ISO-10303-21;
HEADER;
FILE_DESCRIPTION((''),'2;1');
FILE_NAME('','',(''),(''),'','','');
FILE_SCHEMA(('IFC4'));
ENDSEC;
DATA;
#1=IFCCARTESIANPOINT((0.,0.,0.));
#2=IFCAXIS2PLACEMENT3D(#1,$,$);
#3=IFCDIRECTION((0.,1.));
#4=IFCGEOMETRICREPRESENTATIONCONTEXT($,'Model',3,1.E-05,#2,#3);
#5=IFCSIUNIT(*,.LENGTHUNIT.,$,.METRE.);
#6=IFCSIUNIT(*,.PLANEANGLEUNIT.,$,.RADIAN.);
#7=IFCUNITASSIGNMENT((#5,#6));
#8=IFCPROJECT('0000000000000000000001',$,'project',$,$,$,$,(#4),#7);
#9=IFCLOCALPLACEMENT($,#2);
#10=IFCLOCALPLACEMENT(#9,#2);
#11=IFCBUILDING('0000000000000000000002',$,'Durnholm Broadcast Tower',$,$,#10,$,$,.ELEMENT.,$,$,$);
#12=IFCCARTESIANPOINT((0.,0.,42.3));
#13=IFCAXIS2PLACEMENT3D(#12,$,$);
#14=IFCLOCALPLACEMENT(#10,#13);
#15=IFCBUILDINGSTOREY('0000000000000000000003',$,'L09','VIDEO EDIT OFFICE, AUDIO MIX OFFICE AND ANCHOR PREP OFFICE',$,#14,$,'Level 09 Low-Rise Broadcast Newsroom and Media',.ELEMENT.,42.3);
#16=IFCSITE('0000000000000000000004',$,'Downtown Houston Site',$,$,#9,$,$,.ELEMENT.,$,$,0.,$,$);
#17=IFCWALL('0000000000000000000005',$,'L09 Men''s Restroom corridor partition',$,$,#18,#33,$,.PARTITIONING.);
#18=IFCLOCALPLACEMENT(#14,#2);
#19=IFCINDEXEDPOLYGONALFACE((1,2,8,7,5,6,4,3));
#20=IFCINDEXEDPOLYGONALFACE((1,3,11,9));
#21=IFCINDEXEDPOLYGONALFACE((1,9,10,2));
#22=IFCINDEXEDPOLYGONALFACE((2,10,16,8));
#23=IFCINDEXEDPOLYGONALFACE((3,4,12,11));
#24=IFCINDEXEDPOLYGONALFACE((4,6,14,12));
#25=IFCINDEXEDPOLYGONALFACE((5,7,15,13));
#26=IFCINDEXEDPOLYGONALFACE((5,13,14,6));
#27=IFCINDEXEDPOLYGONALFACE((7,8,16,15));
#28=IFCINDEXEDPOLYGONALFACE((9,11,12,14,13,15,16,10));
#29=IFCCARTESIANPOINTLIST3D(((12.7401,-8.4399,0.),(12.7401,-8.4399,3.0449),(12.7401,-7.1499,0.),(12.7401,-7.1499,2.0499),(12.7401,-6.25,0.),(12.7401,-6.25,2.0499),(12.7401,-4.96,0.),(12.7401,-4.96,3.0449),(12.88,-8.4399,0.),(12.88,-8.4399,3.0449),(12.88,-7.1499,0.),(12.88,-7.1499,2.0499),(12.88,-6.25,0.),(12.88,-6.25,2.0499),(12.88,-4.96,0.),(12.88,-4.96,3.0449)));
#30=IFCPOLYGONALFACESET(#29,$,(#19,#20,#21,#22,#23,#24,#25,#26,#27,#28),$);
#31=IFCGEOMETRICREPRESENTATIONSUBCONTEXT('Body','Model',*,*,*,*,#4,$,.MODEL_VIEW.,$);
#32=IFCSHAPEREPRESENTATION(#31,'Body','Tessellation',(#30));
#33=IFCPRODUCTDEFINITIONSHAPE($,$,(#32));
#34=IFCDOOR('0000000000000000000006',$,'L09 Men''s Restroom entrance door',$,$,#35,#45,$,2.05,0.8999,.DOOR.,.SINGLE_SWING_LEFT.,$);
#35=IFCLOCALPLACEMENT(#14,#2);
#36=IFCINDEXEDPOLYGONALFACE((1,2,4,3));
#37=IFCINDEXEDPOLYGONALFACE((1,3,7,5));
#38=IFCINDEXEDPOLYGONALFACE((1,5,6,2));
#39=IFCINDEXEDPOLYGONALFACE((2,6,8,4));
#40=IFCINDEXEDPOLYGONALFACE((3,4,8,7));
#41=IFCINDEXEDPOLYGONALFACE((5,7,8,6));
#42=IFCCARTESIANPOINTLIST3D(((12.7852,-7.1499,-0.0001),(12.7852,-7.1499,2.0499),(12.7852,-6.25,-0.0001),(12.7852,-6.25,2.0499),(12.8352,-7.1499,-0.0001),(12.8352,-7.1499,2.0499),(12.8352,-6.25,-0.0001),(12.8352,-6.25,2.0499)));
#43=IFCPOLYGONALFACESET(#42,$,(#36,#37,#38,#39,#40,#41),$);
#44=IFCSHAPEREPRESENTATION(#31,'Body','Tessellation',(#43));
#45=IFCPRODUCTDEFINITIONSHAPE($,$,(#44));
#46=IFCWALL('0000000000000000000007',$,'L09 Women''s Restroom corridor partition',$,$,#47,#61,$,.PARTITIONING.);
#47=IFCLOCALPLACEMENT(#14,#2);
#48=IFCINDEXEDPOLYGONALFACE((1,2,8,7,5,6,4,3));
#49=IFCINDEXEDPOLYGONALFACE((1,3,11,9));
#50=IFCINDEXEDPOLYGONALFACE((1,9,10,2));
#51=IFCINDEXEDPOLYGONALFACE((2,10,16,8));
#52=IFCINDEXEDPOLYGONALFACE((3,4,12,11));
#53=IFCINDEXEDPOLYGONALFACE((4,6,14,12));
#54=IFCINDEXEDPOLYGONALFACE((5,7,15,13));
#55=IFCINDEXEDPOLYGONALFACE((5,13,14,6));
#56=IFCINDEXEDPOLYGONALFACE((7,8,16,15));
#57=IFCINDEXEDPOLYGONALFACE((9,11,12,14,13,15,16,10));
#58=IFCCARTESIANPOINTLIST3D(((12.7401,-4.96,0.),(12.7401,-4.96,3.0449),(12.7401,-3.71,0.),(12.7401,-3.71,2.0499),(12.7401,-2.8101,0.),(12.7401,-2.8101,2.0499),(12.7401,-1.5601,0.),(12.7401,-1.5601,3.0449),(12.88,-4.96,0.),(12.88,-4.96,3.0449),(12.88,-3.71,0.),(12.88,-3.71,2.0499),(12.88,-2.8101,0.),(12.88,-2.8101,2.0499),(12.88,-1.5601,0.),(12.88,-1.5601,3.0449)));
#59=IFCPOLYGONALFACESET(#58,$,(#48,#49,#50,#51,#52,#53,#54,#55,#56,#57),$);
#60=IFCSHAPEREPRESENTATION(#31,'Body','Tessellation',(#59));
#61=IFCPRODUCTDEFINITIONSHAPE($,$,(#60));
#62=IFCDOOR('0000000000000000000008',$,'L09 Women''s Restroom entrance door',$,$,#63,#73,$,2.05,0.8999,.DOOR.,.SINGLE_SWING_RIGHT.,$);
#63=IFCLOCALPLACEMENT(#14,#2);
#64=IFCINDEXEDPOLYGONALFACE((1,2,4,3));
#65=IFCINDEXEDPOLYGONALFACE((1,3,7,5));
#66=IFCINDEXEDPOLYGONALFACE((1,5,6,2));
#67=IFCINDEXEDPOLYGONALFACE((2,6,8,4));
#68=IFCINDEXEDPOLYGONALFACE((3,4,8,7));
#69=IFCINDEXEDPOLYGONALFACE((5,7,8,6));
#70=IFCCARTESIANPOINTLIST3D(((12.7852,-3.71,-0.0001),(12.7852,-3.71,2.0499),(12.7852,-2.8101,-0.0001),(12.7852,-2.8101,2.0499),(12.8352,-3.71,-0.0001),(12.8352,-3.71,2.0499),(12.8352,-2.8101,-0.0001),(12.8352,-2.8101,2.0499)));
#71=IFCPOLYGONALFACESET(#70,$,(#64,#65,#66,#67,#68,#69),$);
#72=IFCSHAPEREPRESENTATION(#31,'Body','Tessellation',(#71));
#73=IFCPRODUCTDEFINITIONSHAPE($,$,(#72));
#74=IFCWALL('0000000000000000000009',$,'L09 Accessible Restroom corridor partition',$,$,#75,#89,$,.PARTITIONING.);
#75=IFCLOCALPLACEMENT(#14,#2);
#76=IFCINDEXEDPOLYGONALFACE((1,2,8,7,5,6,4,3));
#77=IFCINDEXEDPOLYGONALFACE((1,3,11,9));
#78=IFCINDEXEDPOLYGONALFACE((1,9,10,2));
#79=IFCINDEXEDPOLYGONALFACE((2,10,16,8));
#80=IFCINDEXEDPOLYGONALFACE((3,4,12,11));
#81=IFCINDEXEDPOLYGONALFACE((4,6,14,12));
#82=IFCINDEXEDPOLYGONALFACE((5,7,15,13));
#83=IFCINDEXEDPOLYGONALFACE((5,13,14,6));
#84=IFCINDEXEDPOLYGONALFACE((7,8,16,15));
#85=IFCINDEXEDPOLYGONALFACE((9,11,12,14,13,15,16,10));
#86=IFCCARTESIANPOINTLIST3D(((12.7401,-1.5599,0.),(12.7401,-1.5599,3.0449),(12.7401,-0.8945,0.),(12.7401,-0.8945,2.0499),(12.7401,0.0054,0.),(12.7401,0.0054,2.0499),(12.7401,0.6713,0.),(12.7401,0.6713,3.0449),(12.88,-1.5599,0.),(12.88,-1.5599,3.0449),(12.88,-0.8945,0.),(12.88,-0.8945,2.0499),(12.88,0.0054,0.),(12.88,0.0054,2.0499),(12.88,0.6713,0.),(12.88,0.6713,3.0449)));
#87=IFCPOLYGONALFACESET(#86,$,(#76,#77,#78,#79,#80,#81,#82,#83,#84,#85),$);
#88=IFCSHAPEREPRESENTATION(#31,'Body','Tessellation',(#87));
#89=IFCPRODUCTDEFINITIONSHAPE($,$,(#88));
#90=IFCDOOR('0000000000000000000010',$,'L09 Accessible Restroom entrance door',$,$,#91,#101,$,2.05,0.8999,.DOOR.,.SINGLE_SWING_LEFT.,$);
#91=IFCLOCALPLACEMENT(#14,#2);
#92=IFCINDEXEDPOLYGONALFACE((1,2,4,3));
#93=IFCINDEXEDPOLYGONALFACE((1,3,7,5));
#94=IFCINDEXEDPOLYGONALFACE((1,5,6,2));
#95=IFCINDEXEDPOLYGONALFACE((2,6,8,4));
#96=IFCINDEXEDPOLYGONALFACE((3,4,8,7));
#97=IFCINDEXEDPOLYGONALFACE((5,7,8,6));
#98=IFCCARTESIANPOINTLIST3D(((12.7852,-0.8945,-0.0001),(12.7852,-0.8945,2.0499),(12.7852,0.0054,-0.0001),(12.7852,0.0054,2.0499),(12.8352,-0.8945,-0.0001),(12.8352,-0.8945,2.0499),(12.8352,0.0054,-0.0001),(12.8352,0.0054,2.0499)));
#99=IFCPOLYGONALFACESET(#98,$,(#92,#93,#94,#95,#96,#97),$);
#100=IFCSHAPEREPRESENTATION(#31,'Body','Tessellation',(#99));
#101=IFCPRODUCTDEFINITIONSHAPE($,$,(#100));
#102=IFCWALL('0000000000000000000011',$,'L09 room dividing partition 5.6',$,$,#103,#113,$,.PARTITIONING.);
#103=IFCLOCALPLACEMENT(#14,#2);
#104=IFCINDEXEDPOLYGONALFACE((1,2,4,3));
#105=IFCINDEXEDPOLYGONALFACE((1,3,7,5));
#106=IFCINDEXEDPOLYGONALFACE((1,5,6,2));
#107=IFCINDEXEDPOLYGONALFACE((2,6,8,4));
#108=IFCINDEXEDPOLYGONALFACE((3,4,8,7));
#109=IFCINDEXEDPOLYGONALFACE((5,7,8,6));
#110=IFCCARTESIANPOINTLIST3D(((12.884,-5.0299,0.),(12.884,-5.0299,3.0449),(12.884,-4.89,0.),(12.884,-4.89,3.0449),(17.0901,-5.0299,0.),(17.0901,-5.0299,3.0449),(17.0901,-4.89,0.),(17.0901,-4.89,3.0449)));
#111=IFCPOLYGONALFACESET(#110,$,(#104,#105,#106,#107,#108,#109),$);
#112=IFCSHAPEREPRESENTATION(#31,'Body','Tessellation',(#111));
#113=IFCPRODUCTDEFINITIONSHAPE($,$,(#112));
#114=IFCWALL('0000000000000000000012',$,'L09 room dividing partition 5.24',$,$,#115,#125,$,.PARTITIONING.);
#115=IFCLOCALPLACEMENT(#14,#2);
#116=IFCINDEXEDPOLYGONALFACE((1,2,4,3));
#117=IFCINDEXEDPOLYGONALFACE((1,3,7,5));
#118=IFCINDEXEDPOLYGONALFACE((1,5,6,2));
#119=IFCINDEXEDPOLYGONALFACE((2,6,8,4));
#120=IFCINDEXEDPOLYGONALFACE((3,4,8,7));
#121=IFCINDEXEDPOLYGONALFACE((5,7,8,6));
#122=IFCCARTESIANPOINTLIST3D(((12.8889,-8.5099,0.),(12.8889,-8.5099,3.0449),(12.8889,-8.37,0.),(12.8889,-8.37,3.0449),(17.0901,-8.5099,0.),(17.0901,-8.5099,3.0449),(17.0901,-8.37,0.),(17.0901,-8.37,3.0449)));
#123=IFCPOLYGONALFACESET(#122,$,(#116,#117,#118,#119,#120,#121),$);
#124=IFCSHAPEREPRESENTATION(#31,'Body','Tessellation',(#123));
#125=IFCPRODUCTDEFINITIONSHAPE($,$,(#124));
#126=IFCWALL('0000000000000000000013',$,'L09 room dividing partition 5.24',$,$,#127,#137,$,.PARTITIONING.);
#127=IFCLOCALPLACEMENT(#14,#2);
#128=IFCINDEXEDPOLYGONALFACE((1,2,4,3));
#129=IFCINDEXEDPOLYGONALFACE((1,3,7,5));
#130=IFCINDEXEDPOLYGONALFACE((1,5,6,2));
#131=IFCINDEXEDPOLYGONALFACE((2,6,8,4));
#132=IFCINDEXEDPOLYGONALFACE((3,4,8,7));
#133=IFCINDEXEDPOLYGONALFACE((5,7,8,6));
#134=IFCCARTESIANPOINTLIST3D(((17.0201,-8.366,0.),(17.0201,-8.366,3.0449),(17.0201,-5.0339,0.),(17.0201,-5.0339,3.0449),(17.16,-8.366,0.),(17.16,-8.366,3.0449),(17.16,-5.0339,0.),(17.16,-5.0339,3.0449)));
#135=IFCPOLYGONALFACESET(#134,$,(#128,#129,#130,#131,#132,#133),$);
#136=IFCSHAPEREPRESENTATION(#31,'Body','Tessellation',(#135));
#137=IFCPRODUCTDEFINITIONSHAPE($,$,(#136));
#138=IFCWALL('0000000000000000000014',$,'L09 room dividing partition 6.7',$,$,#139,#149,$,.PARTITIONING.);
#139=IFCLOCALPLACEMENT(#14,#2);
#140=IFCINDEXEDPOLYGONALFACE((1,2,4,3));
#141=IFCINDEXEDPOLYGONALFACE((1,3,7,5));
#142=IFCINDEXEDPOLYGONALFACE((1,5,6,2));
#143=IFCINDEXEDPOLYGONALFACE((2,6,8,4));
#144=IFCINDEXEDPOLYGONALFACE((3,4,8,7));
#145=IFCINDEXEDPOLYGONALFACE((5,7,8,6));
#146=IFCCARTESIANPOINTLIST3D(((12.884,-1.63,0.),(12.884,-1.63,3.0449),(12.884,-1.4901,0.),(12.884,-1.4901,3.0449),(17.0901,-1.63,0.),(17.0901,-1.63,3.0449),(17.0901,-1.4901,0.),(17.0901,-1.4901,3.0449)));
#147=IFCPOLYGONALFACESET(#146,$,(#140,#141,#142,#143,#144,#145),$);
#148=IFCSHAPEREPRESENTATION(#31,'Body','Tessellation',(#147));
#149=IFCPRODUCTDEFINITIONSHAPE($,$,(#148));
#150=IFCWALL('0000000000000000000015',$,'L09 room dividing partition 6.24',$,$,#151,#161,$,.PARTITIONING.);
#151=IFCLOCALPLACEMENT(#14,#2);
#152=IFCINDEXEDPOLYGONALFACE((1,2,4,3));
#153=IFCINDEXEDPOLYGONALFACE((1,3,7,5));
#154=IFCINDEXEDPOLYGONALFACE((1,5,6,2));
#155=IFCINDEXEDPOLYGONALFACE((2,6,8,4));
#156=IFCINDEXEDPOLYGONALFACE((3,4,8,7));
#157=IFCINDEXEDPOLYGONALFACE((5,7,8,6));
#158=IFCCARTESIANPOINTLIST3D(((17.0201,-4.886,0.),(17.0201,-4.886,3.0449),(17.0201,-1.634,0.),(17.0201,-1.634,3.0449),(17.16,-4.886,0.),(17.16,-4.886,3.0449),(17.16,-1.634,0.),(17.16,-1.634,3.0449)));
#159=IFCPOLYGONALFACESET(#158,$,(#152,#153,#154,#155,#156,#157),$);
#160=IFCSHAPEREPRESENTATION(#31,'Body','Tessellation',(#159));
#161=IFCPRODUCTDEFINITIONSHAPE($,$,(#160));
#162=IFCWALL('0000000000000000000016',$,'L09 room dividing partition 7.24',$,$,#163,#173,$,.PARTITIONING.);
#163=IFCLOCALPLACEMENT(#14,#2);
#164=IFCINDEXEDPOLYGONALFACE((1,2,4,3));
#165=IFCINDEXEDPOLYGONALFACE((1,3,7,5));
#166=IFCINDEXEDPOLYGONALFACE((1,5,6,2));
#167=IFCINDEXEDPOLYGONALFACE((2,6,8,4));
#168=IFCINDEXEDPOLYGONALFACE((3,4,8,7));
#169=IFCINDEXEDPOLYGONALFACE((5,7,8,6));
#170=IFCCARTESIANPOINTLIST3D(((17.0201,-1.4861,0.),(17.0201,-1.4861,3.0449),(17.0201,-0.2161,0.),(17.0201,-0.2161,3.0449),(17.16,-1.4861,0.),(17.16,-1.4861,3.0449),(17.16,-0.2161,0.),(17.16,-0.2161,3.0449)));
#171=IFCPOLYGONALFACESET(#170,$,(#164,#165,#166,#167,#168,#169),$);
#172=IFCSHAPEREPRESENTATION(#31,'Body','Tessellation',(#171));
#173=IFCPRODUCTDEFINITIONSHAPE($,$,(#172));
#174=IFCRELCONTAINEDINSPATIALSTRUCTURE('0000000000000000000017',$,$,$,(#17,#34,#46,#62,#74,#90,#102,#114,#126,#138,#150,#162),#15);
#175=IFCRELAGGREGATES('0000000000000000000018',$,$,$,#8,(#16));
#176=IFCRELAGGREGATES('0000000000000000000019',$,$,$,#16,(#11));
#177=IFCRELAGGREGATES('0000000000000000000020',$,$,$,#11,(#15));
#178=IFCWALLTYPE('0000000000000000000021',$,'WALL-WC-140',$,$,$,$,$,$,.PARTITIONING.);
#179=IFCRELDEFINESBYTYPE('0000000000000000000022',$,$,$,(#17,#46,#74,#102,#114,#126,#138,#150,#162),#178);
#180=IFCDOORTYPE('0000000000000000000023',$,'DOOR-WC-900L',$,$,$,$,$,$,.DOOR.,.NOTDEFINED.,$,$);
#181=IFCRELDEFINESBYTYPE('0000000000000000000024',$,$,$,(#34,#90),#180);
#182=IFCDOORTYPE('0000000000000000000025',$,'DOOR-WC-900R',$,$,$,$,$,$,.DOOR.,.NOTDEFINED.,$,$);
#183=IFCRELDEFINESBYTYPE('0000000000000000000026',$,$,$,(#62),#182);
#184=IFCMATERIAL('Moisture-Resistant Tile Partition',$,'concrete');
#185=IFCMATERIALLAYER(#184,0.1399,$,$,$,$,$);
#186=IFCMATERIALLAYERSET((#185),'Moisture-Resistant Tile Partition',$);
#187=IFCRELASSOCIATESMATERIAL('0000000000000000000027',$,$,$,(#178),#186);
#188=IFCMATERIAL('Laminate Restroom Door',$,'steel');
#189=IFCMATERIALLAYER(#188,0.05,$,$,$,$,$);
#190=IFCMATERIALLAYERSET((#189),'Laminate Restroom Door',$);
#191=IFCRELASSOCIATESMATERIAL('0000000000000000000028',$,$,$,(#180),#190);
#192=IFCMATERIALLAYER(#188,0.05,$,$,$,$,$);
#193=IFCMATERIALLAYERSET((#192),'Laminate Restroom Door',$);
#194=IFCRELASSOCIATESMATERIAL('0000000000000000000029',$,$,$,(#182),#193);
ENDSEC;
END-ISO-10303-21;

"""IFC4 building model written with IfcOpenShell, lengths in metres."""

from ifc_helpers import new_model, si_unit, direction, frame, frame_2d, origin, place, context, subcontext, project, spatial, rectangle, extrude, source, transform, mapped, material, layer, layer_set, type_object, type_shapes, element, fill, save


model = new_model("IFC4")

# Units and contexts
model_context = context("Model", 3, precision=1e-05, world=origin(), true_north=direction((0.0, 1.0)))
body_context = subcontext(model_context, "Body", "Model", "MODEL_VIEW")
ifc_project = project(units=[si_unit("LENGTHUNIT", "METRE"), si_unit("PLANEANGLEUNIT", "RADIAN")], contexts=[model_context])

# Site, building, storey
site_placement = place(None, origin())
site = spatial("IfcSite", under=ifc_project, at=site_placement, Name="Downtown Houston Site", CompositionType="ELEMENT", RefElevation=0.0)
building_placement = place(site_placement, origin())
building = spatial("IfcBuilding", under=site, at=building_placement, Name="Durnholm Broadcast Tower", CompositionType="ELEMENT")
storey_placement = place(building_placement, frame((0.0, 0.0, 42.3)))
storey = spatial("IfcBuildingStorey", under=building, at=storey_placement, Name="L09", Description="VIDEO EDIT OFFICE, AUDIO MIX OFFICE AND ANCHOR PREP OFFICE", LongName="Level 09 Low-Rise Broadcast Newsroom and Media", CompositionType="ELEMENT", Elevation=42.3)

# Walls, openings, doors
ifc_material_1 = material(Name="Moisture-Resistant Tile Partition", Category="concrete")
ifc_layer_1 = layer(ifc_material_1, 0.1399)
ifc_layer_set_1 = layer_set([ifc_layer_1], Name="Moisture-Resistant Tile Partition")
wall_type = type_object("IfcWallType", Name="WALL-WC-140", PredefinedType="PARTITIONING", material=ifc_layer_set_1)
wall_1_placement = place(storey_placement, frame((12.8101, -8.4399, 0.0), z_axis=(0.0, 0.0, 1.0), x_axis=(0.0, 1.0, 0.0)))
wall_1 = element("IfcWall", 1, at=wall_1_placement, inside=storey, type_object=wall_type, Name="L09 Men's Restroom corridor partition", PredefinedType="PARTITIONING", context=body_context, shape_type="SweptSolid", body=[
    extrude(rectangle(XDim=3.48, YDim=0.1399, at=frame_2d((1.74, 0.0))), origin(), (0.0, 0.0, 1.0), 3.0449),
])
opening_1_placement = place(wall_1_placement, frame((1.29, 0.0, 0.0)))
opening_1 = element("IfcOpeningElement", 2, at=opening_1_placement, cuts=wall_1, PredefinedType="OPENING", context=body_context, shape_type="SweptSolid", body=[
    extrude(rectangle(XDim=0.8999, YDim=2.05, at=frame_2d((0.45, 1.0249))), frame((0.0, 0.0801, 0.0), z_axis=(0.0, -1.0, 0.0), x_axis=(1.0, 0.0, 0.0)), (0.0, 0.0, 1.0), 0.1599),
])
ifc_material_2 = material(Name="Laminate Restroom Door", Category="steel")
ifc_layer_2 = layer(ifc_material_2, 0.05)
ifc_layer_set_2 = layer_set([ifc_layer_2], Name="Laminate Restroom Door")
door_type_1 = type_object("IfcDoorType", Name="DOOR-WC-900L", OperationType="NOTDEFINED", PredefinedType="DOOR", material=ifc_layer_set_2)
shared_shape_1 = source(origin(), body_context, "Body", "SweptSolid", [
    extrude(rectangle(XDim=0.8999, YDim=2.05, at=frame_2d((0.45, 1.0249))), frame((0.0, 0.0249, 0.0), z_axis=(0.0, -1.0, 0.0), x_axis=(1.0, 0.0, 0.0)), (0.0, 0.0, 1.0), 0.05),
])
type_shapes(door_type_1, [shared_shape_1])
door_1_placement = place(opening_1_placement, origin())
door_1 = element("IfcDoor", 3, at=door_1_placement, inside=storey, type_object=door_type_1, Name="L09 Men's Restroom entrance door", OperationType="SINGLE_SWING_LEFT", OverallHeight=2.05, OverallWidth=0.8999, PredefinedType="DOOR", context=body_context, shape_type="MappedRepresentation", body=[
    mapped(shared_shape_1, transform((0.0, 0.0, 0.0), x_axis=(1.0, 0.0, 0.0), y_axis=(0.0, 1.0, 0.0), z_axis=(0.0, 0.0, 1.0), scale=1.0)),
])
fill(opening_1, door_1)
wall_2_placement = place(storey_placement, frame((12.8101, -4.96, 0.0), z_axis=(0.0, 0.0, 1.0), x_axis=(0.0, 1.0, 0.0)))
wall_2 = element("IfcWall", 4, at=wall_2_placement, inside=storey, type_object=wall_type, Name="L09 Women's Restroom corridor partition", PredefinedType="PARTITIONING", context=body_context, shape_type="SweptSolid", body=[
    extrude(rectangle(XDim=3.3999, YDim=0.1399, at=frame_2d((1.7, 0.0))), origin(), (0.0, 0.0, 1.0), 3.0449),
])
opening_2_placement = place(wall_2_placement, frame((1.25, 0.0, 0.0)))
opening_2 = element("IfcOpeningElement", 5, at=opening_2_placement, cuts=wall_2, PredefinedType="OPENING", context=body_context, shape_type="SweptSolid", body=[
    extrude(rectangle(XDim=0.8999, YDim=2.05, at=frame_2d((0.45, 1.0249))), frame((0.0, 0.0801, 0.0), z_axis=(0.0, -1.0, 0.0), x_axis=(1.0, 0.0, 0.0)), (0.0, 0.0, 1.0), 0.1599),
])
ifc_layer_3 = layer(ifc_material_2, 0.05)
ifc_layer_set_3 = layer_set([ifc_layer_3], Name="Laminate Restroom Door")
door_type_2 = type_object("IfcDoorType", Name="DOOR-WC-900R", OperationType="NOTDEFINED", PredefinedType="DOOR", material=ifc_layer_set_3)
shared_shape_2 = source(origin(), body_context, "Body", "SweptSolid", [
    extrude(rectangle(XDim=0.8999, YDim=2.05, at=frame_2d((0.45, 1.0249))), frame((0.0, 0.0249, 0.0), z_axis=(0.0, -1.0, 0.0), x_axis=(1.0, 0.0, 0.0)), (0.0, 0.0, 1.0), 0.05),
])
type_shapes(door_type_2, [shared_shape_2])
door_2_placement = place(opening_2_placement, origin())
door_2 = element("IfcDoor", 6, at=door_2_placement, inside=storey, type_object=door_type_2, Name="L09 Women's Restroom entrance door", OperationType="SINGLE_SWING_RIGHT", OverallHeight=2.05, OverallWidth=0.8999, PredefinedType="DOOR", context=body_context, shape_type="MappedRepresentation", body=[
    mapped(shared_shape_2, transform((0.0, 0.0, 0.0), x_axis=(1.0, 0.0, 0.0), y_axis=(0.0, 1.0, 0.0), z_axis=(0.0, 0.0, 1.0), scale=1.0)),
])
fill(opening_2, door_2)
wall_3_placement = place(storey_placement, frame((12.8101, -1.5601, 0.0), z_axis=(0.0, 0.0, 1.0), x_axis=(0.0, 1.0, 0.0)))
wall_3 = element("IfcWall", 7, at=wall_3_placement, inside=storey, type_object=wall_type, Name="L09 Accessible Restroom corridor partition", PredefinedType="PARTITIONING", context=body_context, shape_type="SweptSolid", body=[
    extrude(rectangle(XDim=2.2312, YDim=0.1399, at=frame_2d((1.1157, 0.0))), origin(), (0.0, 0.0, 1.0), 3.0449),
])
opening_3_placement = place(wall_3_placement, frame((0.6655, 0.0, 0.0)))
opening_3 = element("IfcOpeningElement", 8, at=opening_3_placement, cuts=wall_3, PredefinedType="OPENING", context=body_context, shape_type="SweptSolid", body=[
    extrude(rectangle(XDim=0.8999, YDim=2.05, at=frame_2d((0.45, 1.0249))), frame((0.0, 0.0801, 0.0), z_axis=(0.0, -1.0, 0.0), x_axis=(1.0, 0.0, 0.0)), (0.0, 0.0, 1.0), 0.1599),
])
door_3_placement = place(opening_3_placement, origin())
door_3 = element("IfcDoor", 9, at=door_3_placement, inside=storey, type_object=door_type_1, Name="L09 Accessible Restroom entrance door", OperationType="SINGLE_SWING_LEFT", OverallHeight=2.05, OverallWidth=0.8999, PredefinedType="DOOR", context=body_context, shape_type="MappedRepresentation", body=[
    mapped(shared_shape_1, transform((0.0, 0.0, 0.0), x_axis=(1.0, 0.0, 0.0), y_axis=(0.0, 1.0, 0.0), z_axis=(0.0, 0.0, 1.0), scale=1.0)),
])
fill(opening_3, door_3)

# Walls
wall_4_placement = place(storey_placement, frame((12.884, -4.96, 0.0), z_axis=(0.0, 0.0, 1.0), x_axis=(1.0, 0.0, 0.0)))
element("IfcWall", 10, at=wall_4_placement, inside=storey, type_object=wall_type, Name="L09 room dividing partition 5.6", PredefinedType="PARTITIONING", context=body_context, shape_type="SweptSolid", body=[
    extrude(rectangle(XDim=4.2061, YDim=0.1399, at=frame_2d((2.103, 0.0))), origin(), (0.0, 0.0, 1.0), 3.0449),
])
wall_5_placement = place(storey_placement, frame((17.0901, -8.4399, 0.0), z_axis=(0.0, 0.0, 1.0), x_axis=(-1.0, 0.0, 0.0)))
element("IfcWall", 11, at=wall_5_placement, inside=storey, type_object=wall_type, Name="L09 room dividing partition 5.24", PredefinedType="PARTITIONING", context=body_context, shape_type="SweptSolid", body=[
    extrude(rectangle(XDim=4.2012, YDim=0.1399, at=frame_2d((2.1006, 0.0))), origin(), (0.0, 0.0, 1.0), 3.0449),
])
wall_6_placement = place(storey_placement, frame((17.0901, -5.0339, 0.0), z_axis=(0.0, 0.0, 1.0), x_axis=(0.0, -1.0, 0.0)))
element("IfcWall", 12, at=wall_6_placement, inside=storey, type_object=wall_type, Name="L09 room dividing partition 5.24", PredefinedType="PARTITIONING", context=body_context, shape_type="SweptSolid", body=[
    extrude(rectangle(XDim=3.332, YDim=0.1399, at=frame_2d((1.666, 0.0))), origin(), (0.0, 0.0, 1.0), 3.0449),
])
wall_7_placement = place(storey_placement, frame((12.884, -1.5601, 0.0), z_axis=(0.0, 0.0, 1.0), x_axis=(1.0, 0.0, 0.0)))
element("IfcWall", 13, at=wall_7_placement, inside=storey, type_object=wall_type, Name="L09 room dividing partition 6.7", PredefinedType="PARTITIONING", context=body_context, shape_type="SweptSolid", body=[
    extrude(rectangle(XDim=4.2061, YDim=0.1399, at=frame_2d((2.103, 0.0))), origin(), (0.0, 0.0, 1.0), 3.0449),
])
wall_8_placement = place(storey_placement, frame((17.0901, -1.634, 0.0), z_axis=(0.0, 0.0, 1.0), x_axis=(0.0, -1.0, 0.0)))
element("IfcWall", 14, at=wall_8_placement, inside=storey, type_object=wall_type, Name="L09 room dividing partition 6.24", PredefinedType="PARTITIONING", context=body_context, shape_type="SweptSolid", body=[
    extrude(rectangle(XDim=3.252, YDim=0.1399, at=frame_2d((1.626, 0.0))), origin(), (0.0, 0.0, 1.0), 3.0449),
])
wall_9_placement = place(storey_placement, frame((17.0901, -0.2161, 0.0), z_axis=(0.0, 0.0, 1.0), x_axis=(0.0, -1.0, 0.0)))
element("IfcWall", 15, at=wall_9_placement, inside=storey, type_object=wall_type, Name="L09 room dividing partition 7.24", PredefinedType="PARTITIONING", context=body_context, shape_type="SweptSolid", body=[
    extrude(rectangle(XDim=1.27, YDim=0.1399, at=frame_2d((0.635, 0.0))), origin(), (0.0, 0.0, 1.0), 3.0449),
])

save(model, "model.ifc")
